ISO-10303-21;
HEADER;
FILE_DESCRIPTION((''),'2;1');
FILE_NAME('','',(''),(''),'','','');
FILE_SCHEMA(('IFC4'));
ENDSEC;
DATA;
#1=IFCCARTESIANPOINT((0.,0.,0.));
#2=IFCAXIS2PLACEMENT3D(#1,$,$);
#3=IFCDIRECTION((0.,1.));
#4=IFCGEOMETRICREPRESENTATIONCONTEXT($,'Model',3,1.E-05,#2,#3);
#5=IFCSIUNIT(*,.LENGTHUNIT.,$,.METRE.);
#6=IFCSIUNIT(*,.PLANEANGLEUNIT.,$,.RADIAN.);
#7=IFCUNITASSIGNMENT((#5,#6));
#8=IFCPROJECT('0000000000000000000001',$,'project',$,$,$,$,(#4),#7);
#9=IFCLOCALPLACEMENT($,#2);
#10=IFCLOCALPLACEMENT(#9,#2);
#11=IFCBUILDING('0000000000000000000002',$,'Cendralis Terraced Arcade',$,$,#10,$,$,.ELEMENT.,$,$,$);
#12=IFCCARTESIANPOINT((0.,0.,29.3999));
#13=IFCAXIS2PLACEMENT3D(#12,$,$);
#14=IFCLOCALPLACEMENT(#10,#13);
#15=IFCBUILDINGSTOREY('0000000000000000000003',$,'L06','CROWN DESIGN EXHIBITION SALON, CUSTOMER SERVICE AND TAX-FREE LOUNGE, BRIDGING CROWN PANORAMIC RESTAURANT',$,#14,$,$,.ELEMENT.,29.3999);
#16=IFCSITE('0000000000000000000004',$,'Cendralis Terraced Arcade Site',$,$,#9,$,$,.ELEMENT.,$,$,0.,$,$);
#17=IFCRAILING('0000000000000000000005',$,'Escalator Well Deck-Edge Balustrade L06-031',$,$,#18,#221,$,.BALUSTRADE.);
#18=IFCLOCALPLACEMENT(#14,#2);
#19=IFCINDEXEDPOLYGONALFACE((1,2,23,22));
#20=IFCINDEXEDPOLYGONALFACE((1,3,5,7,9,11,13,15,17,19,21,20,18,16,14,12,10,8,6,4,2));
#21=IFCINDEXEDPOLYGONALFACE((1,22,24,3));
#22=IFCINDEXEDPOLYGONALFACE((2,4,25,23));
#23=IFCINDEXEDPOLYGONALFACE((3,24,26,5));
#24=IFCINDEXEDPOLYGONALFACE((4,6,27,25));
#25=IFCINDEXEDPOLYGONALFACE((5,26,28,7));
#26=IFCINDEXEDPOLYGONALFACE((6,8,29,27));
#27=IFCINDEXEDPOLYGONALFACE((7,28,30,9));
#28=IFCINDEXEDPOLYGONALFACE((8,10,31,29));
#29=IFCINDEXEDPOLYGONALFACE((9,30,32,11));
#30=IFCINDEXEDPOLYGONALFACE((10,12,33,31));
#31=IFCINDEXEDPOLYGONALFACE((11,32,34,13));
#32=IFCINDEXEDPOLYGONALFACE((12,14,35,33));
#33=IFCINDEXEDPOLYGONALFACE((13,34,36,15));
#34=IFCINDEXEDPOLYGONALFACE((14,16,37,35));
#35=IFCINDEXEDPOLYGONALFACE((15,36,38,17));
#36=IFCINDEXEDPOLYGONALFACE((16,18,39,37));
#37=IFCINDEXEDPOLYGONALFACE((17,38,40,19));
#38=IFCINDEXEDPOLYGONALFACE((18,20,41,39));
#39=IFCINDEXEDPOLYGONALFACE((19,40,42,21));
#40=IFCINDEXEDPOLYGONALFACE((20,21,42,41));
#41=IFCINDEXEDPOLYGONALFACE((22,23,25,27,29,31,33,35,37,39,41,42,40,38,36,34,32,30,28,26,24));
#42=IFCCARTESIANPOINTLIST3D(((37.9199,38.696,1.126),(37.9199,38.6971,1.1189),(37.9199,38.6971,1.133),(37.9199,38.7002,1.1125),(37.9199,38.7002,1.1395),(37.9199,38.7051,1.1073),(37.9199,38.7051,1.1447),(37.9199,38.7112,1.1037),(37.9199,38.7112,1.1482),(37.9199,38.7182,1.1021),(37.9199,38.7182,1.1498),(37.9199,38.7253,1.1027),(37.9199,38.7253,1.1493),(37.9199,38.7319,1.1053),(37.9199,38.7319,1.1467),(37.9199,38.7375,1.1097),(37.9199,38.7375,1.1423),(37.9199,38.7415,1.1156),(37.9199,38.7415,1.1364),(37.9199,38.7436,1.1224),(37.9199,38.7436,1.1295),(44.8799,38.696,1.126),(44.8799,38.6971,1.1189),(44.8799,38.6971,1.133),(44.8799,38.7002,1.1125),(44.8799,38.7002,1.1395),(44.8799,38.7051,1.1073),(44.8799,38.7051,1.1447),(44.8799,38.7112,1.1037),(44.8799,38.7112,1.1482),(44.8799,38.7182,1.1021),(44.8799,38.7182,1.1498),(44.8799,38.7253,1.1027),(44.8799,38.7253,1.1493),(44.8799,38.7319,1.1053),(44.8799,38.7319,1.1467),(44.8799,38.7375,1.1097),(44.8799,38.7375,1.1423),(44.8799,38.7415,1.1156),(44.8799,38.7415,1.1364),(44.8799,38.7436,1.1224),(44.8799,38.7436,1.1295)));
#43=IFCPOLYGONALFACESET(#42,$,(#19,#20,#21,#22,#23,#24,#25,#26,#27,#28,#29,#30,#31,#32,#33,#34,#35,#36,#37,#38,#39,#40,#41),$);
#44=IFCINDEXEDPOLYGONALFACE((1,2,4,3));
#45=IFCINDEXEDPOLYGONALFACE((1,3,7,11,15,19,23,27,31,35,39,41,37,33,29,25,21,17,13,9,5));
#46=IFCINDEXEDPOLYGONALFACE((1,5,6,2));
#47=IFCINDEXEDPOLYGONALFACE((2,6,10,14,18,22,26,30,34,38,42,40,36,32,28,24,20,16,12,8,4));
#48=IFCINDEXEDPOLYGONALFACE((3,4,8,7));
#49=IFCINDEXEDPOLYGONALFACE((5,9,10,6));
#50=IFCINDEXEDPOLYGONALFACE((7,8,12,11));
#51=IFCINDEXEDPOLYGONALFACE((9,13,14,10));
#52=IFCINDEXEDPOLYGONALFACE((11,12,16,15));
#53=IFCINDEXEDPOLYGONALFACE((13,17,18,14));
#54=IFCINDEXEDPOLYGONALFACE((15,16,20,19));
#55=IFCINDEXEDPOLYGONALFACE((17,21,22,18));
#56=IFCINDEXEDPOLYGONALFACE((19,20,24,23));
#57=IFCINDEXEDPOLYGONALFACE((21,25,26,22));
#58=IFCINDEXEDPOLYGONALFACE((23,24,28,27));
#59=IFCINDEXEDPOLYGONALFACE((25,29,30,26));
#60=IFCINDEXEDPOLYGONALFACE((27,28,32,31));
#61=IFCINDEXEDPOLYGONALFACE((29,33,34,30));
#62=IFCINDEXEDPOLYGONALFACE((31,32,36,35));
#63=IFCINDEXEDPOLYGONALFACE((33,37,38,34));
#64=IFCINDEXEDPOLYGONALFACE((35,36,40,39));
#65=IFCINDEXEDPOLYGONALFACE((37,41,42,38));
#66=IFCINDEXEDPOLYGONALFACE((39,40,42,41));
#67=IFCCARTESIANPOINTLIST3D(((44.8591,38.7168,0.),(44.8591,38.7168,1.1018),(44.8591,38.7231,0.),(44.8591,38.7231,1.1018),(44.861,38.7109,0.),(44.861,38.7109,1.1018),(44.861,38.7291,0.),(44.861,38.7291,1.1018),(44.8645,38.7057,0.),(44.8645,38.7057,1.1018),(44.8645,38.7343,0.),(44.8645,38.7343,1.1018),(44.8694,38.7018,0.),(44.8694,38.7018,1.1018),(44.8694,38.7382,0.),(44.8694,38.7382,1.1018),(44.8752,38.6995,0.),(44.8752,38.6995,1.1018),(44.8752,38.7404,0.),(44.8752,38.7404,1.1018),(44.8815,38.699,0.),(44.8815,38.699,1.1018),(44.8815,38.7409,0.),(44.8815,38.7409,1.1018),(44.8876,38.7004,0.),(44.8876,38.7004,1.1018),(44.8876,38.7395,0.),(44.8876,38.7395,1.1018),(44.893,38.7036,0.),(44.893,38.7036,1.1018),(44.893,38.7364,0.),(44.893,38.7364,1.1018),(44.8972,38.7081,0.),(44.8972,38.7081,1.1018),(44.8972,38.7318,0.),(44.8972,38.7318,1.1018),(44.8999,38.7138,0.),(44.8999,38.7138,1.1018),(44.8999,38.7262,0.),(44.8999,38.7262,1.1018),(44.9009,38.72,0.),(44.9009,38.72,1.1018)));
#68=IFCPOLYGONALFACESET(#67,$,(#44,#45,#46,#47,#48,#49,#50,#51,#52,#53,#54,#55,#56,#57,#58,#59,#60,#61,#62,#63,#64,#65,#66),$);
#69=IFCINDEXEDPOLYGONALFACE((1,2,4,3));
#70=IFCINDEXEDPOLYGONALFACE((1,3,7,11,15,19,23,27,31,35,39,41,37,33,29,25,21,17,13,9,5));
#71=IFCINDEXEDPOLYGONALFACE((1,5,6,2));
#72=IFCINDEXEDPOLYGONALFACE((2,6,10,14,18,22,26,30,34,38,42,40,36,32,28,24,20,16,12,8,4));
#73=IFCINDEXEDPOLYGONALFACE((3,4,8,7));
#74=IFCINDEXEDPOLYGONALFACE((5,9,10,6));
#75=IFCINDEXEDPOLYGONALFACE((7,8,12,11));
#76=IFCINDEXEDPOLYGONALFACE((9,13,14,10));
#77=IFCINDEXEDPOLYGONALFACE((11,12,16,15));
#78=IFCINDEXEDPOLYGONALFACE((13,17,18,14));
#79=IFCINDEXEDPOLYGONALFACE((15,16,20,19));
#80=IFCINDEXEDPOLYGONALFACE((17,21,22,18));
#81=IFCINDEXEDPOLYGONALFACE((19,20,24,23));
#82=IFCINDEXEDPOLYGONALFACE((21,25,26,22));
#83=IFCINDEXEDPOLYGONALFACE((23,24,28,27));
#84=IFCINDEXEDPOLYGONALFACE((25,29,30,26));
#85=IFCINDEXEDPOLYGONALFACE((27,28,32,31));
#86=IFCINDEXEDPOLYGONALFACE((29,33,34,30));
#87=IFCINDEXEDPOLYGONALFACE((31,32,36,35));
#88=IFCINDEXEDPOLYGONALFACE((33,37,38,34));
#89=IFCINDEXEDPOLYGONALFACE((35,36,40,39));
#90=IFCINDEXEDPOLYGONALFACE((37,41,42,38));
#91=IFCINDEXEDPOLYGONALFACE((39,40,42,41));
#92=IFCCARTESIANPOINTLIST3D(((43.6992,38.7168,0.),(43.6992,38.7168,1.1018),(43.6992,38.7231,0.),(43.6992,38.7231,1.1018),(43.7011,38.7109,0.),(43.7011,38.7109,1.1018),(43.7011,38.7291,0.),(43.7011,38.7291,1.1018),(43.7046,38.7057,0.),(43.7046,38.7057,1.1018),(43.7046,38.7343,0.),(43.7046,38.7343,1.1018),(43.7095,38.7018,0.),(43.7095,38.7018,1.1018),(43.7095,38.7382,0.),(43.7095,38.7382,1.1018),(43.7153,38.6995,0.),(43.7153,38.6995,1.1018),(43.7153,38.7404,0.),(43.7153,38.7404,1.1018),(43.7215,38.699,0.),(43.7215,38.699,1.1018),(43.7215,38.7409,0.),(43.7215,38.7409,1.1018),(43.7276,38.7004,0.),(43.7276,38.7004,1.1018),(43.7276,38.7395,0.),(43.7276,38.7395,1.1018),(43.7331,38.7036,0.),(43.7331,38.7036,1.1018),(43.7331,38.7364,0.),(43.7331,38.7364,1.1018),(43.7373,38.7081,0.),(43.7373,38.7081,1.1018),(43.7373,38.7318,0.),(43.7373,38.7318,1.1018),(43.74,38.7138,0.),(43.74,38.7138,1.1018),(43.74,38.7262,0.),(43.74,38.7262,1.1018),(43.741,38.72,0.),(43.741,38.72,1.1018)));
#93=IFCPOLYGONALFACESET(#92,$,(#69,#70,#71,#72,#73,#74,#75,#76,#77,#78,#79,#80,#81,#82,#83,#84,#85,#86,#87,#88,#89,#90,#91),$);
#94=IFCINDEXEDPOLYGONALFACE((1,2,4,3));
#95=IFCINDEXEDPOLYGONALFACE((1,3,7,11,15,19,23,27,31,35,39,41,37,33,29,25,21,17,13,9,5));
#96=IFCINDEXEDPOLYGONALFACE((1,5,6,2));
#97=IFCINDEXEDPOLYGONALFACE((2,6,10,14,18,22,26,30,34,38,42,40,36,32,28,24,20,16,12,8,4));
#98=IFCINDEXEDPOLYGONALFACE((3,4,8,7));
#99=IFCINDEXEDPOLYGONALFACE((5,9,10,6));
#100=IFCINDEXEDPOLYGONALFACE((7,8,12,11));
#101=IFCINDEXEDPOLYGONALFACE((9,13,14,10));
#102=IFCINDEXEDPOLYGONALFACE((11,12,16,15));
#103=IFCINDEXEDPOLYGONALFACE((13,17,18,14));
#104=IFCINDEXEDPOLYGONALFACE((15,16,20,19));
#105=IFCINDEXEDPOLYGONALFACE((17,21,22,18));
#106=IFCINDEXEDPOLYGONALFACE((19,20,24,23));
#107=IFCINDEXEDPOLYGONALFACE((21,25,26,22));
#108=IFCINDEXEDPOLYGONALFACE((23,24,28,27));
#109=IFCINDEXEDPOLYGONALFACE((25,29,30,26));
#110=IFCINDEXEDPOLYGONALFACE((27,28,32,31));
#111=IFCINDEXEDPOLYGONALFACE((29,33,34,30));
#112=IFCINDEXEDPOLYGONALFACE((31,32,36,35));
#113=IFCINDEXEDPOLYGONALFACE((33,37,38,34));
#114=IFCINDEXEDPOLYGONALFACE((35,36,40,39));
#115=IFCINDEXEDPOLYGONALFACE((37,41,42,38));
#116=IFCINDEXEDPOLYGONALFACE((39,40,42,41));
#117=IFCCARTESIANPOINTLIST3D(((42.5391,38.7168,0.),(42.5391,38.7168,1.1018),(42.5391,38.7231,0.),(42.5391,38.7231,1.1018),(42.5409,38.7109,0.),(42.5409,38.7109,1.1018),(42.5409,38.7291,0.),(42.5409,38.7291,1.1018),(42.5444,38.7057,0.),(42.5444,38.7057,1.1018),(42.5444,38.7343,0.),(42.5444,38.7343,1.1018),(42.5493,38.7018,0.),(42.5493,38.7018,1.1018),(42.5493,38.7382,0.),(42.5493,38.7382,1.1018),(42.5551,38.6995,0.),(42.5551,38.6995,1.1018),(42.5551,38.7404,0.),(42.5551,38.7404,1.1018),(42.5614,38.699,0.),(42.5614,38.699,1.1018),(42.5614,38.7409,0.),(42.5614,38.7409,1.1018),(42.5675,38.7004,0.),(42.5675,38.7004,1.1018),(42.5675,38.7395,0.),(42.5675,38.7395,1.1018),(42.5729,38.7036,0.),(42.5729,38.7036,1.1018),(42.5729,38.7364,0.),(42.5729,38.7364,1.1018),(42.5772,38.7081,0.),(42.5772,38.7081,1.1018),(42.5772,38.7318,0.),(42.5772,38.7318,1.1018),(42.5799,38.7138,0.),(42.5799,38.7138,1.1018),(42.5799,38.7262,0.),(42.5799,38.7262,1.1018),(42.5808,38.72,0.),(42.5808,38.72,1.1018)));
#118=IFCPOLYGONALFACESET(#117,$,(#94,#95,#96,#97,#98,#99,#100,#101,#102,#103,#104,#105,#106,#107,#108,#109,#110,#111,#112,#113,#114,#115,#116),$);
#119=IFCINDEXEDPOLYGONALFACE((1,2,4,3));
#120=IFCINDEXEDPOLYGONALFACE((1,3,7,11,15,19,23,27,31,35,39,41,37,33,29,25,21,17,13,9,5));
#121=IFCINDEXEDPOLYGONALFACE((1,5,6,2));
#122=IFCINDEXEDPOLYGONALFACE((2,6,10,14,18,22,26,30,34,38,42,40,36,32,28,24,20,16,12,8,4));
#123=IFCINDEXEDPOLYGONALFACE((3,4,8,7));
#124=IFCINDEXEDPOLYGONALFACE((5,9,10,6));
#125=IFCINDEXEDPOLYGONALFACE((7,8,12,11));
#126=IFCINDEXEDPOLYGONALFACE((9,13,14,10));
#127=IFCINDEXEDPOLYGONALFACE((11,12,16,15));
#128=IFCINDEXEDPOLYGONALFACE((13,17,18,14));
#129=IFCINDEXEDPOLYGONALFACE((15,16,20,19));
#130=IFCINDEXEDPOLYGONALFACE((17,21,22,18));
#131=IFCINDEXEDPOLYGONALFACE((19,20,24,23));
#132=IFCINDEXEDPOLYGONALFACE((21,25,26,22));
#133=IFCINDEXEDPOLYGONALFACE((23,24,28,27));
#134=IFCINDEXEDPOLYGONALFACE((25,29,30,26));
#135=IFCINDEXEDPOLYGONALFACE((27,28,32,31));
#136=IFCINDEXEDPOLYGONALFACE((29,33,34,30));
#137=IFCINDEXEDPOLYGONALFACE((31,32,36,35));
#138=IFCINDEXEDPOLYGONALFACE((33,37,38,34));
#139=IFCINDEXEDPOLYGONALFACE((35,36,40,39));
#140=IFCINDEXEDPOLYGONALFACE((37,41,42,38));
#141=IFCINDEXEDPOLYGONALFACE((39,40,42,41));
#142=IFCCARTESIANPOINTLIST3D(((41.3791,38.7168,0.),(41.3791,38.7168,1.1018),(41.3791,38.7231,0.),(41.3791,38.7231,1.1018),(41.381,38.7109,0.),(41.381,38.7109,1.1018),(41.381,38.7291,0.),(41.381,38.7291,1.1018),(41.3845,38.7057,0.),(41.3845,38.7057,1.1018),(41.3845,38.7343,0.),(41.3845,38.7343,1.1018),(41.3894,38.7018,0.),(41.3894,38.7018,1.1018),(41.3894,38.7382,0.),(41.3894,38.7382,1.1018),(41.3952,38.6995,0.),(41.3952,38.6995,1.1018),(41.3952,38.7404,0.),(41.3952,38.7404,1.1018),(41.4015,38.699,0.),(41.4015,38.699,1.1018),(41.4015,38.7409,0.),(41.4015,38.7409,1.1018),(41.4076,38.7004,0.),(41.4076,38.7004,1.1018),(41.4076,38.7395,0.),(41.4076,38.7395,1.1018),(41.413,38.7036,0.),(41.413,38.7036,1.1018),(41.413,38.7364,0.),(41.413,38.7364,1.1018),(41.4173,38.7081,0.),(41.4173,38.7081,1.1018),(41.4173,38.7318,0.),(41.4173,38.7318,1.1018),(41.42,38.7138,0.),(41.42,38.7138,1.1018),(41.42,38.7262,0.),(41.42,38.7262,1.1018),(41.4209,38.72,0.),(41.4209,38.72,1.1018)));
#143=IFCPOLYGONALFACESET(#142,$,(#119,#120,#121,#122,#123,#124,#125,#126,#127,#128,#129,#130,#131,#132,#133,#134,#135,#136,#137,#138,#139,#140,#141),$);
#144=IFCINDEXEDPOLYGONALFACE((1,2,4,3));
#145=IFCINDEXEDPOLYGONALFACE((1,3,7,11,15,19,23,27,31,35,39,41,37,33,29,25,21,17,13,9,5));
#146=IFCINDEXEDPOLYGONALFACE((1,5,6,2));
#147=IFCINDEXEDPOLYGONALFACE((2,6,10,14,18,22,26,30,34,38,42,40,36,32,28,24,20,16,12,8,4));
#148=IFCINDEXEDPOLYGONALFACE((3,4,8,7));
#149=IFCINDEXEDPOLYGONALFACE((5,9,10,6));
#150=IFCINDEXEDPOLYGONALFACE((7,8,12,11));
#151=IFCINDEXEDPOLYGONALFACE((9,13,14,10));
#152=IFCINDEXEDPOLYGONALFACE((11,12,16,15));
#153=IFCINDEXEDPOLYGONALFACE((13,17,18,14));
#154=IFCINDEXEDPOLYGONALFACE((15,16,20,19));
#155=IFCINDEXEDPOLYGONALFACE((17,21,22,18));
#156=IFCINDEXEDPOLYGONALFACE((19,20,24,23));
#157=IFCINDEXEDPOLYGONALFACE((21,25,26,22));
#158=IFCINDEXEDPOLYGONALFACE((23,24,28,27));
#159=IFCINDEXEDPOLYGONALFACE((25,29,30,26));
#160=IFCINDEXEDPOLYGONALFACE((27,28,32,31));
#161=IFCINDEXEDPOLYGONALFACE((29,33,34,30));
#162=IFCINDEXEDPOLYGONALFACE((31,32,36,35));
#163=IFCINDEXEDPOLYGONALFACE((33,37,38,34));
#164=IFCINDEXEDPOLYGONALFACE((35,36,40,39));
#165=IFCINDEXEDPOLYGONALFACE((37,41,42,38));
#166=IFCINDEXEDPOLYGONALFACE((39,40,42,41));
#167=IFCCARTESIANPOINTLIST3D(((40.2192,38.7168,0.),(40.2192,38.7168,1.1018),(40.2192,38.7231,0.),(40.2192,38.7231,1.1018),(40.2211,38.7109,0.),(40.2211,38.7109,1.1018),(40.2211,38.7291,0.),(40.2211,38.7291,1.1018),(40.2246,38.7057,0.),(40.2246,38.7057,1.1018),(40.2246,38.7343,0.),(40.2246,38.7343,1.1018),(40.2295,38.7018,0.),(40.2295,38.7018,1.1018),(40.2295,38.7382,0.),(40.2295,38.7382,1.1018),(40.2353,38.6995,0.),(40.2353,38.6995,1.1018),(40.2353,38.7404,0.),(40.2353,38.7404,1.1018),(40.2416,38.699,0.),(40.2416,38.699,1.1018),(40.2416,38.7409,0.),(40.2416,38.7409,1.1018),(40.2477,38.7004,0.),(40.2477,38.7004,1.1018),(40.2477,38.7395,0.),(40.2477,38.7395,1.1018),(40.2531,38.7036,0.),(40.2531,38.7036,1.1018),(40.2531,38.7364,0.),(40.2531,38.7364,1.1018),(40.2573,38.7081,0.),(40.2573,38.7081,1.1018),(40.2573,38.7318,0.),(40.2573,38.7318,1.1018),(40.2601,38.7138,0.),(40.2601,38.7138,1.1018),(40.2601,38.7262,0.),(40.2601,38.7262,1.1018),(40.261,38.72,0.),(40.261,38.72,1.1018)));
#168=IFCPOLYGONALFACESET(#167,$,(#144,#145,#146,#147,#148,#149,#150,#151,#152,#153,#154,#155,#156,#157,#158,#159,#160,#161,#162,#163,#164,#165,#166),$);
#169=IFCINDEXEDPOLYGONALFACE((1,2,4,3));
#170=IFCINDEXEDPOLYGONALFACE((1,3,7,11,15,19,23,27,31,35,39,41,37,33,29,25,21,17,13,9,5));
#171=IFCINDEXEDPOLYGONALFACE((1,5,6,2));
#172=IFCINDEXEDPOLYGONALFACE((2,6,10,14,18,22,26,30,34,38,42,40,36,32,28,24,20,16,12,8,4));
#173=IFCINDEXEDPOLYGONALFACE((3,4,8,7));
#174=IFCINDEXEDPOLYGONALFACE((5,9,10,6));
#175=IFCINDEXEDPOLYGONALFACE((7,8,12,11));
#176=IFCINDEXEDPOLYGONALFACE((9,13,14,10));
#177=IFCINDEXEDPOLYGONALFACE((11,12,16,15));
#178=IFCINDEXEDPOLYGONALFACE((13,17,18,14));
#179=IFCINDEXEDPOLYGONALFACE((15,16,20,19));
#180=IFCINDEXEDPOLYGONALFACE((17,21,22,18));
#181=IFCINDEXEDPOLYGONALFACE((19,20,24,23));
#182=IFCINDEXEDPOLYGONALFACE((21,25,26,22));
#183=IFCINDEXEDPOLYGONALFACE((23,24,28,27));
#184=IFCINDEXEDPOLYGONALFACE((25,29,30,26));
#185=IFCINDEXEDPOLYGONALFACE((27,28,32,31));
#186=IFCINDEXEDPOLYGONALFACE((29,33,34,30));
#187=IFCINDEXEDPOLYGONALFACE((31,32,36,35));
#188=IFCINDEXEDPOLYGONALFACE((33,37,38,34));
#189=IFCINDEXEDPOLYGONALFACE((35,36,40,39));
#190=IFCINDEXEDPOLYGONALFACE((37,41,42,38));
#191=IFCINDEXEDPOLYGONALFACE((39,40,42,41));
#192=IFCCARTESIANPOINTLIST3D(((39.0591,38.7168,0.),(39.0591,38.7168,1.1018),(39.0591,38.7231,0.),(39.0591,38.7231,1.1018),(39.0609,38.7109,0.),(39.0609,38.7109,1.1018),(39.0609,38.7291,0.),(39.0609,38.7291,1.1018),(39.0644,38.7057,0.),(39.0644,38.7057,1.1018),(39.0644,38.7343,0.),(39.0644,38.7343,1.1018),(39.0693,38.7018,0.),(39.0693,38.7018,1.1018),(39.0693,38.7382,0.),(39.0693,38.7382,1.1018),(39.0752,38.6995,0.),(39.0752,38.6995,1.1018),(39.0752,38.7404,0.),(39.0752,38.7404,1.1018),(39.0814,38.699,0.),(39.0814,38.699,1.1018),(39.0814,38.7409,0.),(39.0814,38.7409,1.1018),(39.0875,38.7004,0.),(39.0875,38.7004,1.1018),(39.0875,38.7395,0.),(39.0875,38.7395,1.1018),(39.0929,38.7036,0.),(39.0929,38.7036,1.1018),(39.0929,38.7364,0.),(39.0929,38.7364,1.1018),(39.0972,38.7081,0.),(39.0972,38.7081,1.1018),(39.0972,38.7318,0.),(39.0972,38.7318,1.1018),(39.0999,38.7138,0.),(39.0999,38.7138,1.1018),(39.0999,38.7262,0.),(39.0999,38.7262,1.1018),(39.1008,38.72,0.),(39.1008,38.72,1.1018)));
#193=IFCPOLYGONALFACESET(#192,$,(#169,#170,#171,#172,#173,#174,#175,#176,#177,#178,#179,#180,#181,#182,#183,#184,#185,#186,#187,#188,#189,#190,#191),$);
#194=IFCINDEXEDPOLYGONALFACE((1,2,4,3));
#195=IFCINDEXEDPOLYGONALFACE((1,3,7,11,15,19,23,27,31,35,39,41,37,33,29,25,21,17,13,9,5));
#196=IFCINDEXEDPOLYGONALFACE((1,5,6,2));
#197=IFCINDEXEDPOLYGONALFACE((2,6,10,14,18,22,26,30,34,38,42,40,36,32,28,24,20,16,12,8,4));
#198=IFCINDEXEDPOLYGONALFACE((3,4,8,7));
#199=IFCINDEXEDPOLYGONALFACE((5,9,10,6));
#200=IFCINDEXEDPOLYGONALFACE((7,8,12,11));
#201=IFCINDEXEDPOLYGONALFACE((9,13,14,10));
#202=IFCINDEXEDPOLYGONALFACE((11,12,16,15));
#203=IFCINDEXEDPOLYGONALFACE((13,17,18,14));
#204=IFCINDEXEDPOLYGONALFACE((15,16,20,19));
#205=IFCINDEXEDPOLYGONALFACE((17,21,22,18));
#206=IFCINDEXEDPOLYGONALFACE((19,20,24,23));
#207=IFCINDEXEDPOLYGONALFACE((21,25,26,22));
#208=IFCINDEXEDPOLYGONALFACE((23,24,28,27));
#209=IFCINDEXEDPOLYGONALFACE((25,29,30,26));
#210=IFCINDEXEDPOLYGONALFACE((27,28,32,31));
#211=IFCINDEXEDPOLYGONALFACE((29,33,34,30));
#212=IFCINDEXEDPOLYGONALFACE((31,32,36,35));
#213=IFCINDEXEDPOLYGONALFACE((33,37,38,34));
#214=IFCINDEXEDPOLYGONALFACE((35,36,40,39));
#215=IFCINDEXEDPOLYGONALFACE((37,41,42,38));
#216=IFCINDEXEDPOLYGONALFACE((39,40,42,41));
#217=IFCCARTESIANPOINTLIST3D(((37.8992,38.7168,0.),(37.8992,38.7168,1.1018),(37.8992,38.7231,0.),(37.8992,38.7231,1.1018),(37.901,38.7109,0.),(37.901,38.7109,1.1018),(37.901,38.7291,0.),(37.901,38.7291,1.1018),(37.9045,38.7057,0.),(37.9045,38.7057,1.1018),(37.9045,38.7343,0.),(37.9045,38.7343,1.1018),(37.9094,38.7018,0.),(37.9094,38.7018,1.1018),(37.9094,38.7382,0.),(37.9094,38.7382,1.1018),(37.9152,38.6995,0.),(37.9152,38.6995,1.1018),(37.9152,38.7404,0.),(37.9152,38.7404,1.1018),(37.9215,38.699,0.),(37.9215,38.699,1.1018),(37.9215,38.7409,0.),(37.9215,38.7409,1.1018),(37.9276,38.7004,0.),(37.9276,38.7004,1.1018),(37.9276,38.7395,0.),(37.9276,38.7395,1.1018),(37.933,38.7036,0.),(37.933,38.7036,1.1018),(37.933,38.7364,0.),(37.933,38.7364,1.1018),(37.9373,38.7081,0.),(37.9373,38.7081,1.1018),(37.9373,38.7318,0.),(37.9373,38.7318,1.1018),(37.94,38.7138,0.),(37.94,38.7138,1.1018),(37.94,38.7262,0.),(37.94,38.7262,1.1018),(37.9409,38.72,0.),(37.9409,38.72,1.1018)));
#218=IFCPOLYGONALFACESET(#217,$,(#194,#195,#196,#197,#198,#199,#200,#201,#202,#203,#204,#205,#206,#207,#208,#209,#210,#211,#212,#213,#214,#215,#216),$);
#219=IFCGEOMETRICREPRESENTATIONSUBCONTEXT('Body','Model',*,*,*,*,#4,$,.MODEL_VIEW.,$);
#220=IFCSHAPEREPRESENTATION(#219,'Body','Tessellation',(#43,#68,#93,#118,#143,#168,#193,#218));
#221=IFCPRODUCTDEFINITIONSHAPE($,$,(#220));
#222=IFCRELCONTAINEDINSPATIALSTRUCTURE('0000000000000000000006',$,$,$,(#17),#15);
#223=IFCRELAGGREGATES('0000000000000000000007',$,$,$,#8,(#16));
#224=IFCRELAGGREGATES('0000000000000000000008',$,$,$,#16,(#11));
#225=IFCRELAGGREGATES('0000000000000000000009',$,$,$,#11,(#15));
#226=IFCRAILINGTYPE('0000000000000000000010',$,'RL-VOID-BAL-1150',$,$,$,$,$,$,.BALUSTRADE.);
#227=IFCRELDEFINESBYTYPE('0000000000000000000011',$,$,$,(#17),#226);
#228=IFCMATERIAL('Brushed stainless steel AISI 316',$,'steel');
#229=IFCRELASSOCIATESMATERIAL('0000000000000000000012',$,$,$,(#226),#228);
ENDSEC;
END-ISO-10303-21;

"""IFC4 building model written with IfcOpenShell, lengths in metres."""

from ifc_helpers import new_model, si_unit, direction, frame, origin, origin_2d, place, context, subcontext, project, spatial, circle, extrude, material, type_object, element, save


model = new_model("IFC4")

# Units and contexts
model_context = context("Model", 3, precision=1e-05, world=origin(), true_north=direction((0.0, 1.0)))
body_context = subcontext(model_context, "Body", "Model", "MODEL_VIEW")
ifc_project = project(units=[si_unit("LENGTHUNIT", "METRE"), si_unit("PLANEANGLEUNIT", "RADIAN")], contexts=[model_context])

# Site, building, storey
site_placement = place(None, origin())
site = spatial("IfcSite", under=ifc_project, at=site_placement, Name="Cendralis Terraced Arcade Site", CompositionType="ELEMENT", RefElevation=0.0)
building_placement = place(site_placement, origin())
building = spatial("IfcBuilding", under=site, at=building_placement, Name="Cendralis Terraced Arcade", CompositionType="ELEMENT")
storey_placement = place(building_placement, frame((0.0, 0.0, 29.3999)))
storey = spatial("IfcBuildingStorey", under=building, at=storey_placement, Name="L06", Description="CROWN DESIGN EXHIBITION SALON, CUSTOMER SERVICE AND TAX-FREE LOUNGE, BRIDGING CROWN PANORAMIC RESTAURANT", CompositionType="ELEMENT", Elevation=29.3999)

# Railing
ifc_material_1 = material(Name="Brushed stainless steel AISI 316", Category="steel")
railing_type_1 = type_object("IfcRailingType", Name="RL-VOID-BAL-1150", PredefinedType="BALUSTRADE", material=ifc_material_1)
railing_1_placement = place(storey_placement, frame((44.8799, 38.72, 0.0)))
element("IfcRailing", 1, at=railing_1_placement, inside=storey, type_object=railing_type_1, Name="Escalator Well Deck-Edge Balustrade L06-031", PredefinedType="BALUSTRADE", context=body_context, shape_type="SweptSolid", body=[
    extrude(circle(Radius=0.0239, at=origin_2d()), frame((0.0, 0.0, 1.126), z_axis=(-1.0, 0.0, 0.0), x_axis=(0.0, -1.0, 0.0)), (0.0, 0.0, 1.0), 6.96),
    extrude(circle(Radius=0.021, at=origin_2d()), origin(), (0.0, 0.0, 1.0), 1.1018),
    extrude(circle(Radius=0.021, at=origin_2d()), frame((-1.1599, 0.0, 0.0)), (0.0, 0.0, 1.0), 1.1018),
    extrude(circle(Radius=0.021, at=origin_2d()), frame((-2.3201, 0.0, 0.0)), (0.0, 0.0, 1.0), 1.1018),
    extrude(circle(Radius=0.021, at=origin_2d()), frame((-3.48, 0.0, 0.0)), (0.0, 0.0, 1.0), 1.1018),
    extrude(circle(Radius=0.021, at=origin_2d()), frame((-4.6399, 0.0, 0.0)), (0.0, 0.0, 1.0), 1.1018),
    extrude(circle(Radius=0.021, at=origin_2d()), frame((-5.8, 0.0, 0.0)), (0.0, 0.0, 1.0), 1.1018),
    extrude(circle(Radius=0.021, at=origin_2d()), frame((-6.96, 0.0, 0.0)), (0.0, 0.0, 1.0), 1.1018),
])

save(model, "model.ifc")
